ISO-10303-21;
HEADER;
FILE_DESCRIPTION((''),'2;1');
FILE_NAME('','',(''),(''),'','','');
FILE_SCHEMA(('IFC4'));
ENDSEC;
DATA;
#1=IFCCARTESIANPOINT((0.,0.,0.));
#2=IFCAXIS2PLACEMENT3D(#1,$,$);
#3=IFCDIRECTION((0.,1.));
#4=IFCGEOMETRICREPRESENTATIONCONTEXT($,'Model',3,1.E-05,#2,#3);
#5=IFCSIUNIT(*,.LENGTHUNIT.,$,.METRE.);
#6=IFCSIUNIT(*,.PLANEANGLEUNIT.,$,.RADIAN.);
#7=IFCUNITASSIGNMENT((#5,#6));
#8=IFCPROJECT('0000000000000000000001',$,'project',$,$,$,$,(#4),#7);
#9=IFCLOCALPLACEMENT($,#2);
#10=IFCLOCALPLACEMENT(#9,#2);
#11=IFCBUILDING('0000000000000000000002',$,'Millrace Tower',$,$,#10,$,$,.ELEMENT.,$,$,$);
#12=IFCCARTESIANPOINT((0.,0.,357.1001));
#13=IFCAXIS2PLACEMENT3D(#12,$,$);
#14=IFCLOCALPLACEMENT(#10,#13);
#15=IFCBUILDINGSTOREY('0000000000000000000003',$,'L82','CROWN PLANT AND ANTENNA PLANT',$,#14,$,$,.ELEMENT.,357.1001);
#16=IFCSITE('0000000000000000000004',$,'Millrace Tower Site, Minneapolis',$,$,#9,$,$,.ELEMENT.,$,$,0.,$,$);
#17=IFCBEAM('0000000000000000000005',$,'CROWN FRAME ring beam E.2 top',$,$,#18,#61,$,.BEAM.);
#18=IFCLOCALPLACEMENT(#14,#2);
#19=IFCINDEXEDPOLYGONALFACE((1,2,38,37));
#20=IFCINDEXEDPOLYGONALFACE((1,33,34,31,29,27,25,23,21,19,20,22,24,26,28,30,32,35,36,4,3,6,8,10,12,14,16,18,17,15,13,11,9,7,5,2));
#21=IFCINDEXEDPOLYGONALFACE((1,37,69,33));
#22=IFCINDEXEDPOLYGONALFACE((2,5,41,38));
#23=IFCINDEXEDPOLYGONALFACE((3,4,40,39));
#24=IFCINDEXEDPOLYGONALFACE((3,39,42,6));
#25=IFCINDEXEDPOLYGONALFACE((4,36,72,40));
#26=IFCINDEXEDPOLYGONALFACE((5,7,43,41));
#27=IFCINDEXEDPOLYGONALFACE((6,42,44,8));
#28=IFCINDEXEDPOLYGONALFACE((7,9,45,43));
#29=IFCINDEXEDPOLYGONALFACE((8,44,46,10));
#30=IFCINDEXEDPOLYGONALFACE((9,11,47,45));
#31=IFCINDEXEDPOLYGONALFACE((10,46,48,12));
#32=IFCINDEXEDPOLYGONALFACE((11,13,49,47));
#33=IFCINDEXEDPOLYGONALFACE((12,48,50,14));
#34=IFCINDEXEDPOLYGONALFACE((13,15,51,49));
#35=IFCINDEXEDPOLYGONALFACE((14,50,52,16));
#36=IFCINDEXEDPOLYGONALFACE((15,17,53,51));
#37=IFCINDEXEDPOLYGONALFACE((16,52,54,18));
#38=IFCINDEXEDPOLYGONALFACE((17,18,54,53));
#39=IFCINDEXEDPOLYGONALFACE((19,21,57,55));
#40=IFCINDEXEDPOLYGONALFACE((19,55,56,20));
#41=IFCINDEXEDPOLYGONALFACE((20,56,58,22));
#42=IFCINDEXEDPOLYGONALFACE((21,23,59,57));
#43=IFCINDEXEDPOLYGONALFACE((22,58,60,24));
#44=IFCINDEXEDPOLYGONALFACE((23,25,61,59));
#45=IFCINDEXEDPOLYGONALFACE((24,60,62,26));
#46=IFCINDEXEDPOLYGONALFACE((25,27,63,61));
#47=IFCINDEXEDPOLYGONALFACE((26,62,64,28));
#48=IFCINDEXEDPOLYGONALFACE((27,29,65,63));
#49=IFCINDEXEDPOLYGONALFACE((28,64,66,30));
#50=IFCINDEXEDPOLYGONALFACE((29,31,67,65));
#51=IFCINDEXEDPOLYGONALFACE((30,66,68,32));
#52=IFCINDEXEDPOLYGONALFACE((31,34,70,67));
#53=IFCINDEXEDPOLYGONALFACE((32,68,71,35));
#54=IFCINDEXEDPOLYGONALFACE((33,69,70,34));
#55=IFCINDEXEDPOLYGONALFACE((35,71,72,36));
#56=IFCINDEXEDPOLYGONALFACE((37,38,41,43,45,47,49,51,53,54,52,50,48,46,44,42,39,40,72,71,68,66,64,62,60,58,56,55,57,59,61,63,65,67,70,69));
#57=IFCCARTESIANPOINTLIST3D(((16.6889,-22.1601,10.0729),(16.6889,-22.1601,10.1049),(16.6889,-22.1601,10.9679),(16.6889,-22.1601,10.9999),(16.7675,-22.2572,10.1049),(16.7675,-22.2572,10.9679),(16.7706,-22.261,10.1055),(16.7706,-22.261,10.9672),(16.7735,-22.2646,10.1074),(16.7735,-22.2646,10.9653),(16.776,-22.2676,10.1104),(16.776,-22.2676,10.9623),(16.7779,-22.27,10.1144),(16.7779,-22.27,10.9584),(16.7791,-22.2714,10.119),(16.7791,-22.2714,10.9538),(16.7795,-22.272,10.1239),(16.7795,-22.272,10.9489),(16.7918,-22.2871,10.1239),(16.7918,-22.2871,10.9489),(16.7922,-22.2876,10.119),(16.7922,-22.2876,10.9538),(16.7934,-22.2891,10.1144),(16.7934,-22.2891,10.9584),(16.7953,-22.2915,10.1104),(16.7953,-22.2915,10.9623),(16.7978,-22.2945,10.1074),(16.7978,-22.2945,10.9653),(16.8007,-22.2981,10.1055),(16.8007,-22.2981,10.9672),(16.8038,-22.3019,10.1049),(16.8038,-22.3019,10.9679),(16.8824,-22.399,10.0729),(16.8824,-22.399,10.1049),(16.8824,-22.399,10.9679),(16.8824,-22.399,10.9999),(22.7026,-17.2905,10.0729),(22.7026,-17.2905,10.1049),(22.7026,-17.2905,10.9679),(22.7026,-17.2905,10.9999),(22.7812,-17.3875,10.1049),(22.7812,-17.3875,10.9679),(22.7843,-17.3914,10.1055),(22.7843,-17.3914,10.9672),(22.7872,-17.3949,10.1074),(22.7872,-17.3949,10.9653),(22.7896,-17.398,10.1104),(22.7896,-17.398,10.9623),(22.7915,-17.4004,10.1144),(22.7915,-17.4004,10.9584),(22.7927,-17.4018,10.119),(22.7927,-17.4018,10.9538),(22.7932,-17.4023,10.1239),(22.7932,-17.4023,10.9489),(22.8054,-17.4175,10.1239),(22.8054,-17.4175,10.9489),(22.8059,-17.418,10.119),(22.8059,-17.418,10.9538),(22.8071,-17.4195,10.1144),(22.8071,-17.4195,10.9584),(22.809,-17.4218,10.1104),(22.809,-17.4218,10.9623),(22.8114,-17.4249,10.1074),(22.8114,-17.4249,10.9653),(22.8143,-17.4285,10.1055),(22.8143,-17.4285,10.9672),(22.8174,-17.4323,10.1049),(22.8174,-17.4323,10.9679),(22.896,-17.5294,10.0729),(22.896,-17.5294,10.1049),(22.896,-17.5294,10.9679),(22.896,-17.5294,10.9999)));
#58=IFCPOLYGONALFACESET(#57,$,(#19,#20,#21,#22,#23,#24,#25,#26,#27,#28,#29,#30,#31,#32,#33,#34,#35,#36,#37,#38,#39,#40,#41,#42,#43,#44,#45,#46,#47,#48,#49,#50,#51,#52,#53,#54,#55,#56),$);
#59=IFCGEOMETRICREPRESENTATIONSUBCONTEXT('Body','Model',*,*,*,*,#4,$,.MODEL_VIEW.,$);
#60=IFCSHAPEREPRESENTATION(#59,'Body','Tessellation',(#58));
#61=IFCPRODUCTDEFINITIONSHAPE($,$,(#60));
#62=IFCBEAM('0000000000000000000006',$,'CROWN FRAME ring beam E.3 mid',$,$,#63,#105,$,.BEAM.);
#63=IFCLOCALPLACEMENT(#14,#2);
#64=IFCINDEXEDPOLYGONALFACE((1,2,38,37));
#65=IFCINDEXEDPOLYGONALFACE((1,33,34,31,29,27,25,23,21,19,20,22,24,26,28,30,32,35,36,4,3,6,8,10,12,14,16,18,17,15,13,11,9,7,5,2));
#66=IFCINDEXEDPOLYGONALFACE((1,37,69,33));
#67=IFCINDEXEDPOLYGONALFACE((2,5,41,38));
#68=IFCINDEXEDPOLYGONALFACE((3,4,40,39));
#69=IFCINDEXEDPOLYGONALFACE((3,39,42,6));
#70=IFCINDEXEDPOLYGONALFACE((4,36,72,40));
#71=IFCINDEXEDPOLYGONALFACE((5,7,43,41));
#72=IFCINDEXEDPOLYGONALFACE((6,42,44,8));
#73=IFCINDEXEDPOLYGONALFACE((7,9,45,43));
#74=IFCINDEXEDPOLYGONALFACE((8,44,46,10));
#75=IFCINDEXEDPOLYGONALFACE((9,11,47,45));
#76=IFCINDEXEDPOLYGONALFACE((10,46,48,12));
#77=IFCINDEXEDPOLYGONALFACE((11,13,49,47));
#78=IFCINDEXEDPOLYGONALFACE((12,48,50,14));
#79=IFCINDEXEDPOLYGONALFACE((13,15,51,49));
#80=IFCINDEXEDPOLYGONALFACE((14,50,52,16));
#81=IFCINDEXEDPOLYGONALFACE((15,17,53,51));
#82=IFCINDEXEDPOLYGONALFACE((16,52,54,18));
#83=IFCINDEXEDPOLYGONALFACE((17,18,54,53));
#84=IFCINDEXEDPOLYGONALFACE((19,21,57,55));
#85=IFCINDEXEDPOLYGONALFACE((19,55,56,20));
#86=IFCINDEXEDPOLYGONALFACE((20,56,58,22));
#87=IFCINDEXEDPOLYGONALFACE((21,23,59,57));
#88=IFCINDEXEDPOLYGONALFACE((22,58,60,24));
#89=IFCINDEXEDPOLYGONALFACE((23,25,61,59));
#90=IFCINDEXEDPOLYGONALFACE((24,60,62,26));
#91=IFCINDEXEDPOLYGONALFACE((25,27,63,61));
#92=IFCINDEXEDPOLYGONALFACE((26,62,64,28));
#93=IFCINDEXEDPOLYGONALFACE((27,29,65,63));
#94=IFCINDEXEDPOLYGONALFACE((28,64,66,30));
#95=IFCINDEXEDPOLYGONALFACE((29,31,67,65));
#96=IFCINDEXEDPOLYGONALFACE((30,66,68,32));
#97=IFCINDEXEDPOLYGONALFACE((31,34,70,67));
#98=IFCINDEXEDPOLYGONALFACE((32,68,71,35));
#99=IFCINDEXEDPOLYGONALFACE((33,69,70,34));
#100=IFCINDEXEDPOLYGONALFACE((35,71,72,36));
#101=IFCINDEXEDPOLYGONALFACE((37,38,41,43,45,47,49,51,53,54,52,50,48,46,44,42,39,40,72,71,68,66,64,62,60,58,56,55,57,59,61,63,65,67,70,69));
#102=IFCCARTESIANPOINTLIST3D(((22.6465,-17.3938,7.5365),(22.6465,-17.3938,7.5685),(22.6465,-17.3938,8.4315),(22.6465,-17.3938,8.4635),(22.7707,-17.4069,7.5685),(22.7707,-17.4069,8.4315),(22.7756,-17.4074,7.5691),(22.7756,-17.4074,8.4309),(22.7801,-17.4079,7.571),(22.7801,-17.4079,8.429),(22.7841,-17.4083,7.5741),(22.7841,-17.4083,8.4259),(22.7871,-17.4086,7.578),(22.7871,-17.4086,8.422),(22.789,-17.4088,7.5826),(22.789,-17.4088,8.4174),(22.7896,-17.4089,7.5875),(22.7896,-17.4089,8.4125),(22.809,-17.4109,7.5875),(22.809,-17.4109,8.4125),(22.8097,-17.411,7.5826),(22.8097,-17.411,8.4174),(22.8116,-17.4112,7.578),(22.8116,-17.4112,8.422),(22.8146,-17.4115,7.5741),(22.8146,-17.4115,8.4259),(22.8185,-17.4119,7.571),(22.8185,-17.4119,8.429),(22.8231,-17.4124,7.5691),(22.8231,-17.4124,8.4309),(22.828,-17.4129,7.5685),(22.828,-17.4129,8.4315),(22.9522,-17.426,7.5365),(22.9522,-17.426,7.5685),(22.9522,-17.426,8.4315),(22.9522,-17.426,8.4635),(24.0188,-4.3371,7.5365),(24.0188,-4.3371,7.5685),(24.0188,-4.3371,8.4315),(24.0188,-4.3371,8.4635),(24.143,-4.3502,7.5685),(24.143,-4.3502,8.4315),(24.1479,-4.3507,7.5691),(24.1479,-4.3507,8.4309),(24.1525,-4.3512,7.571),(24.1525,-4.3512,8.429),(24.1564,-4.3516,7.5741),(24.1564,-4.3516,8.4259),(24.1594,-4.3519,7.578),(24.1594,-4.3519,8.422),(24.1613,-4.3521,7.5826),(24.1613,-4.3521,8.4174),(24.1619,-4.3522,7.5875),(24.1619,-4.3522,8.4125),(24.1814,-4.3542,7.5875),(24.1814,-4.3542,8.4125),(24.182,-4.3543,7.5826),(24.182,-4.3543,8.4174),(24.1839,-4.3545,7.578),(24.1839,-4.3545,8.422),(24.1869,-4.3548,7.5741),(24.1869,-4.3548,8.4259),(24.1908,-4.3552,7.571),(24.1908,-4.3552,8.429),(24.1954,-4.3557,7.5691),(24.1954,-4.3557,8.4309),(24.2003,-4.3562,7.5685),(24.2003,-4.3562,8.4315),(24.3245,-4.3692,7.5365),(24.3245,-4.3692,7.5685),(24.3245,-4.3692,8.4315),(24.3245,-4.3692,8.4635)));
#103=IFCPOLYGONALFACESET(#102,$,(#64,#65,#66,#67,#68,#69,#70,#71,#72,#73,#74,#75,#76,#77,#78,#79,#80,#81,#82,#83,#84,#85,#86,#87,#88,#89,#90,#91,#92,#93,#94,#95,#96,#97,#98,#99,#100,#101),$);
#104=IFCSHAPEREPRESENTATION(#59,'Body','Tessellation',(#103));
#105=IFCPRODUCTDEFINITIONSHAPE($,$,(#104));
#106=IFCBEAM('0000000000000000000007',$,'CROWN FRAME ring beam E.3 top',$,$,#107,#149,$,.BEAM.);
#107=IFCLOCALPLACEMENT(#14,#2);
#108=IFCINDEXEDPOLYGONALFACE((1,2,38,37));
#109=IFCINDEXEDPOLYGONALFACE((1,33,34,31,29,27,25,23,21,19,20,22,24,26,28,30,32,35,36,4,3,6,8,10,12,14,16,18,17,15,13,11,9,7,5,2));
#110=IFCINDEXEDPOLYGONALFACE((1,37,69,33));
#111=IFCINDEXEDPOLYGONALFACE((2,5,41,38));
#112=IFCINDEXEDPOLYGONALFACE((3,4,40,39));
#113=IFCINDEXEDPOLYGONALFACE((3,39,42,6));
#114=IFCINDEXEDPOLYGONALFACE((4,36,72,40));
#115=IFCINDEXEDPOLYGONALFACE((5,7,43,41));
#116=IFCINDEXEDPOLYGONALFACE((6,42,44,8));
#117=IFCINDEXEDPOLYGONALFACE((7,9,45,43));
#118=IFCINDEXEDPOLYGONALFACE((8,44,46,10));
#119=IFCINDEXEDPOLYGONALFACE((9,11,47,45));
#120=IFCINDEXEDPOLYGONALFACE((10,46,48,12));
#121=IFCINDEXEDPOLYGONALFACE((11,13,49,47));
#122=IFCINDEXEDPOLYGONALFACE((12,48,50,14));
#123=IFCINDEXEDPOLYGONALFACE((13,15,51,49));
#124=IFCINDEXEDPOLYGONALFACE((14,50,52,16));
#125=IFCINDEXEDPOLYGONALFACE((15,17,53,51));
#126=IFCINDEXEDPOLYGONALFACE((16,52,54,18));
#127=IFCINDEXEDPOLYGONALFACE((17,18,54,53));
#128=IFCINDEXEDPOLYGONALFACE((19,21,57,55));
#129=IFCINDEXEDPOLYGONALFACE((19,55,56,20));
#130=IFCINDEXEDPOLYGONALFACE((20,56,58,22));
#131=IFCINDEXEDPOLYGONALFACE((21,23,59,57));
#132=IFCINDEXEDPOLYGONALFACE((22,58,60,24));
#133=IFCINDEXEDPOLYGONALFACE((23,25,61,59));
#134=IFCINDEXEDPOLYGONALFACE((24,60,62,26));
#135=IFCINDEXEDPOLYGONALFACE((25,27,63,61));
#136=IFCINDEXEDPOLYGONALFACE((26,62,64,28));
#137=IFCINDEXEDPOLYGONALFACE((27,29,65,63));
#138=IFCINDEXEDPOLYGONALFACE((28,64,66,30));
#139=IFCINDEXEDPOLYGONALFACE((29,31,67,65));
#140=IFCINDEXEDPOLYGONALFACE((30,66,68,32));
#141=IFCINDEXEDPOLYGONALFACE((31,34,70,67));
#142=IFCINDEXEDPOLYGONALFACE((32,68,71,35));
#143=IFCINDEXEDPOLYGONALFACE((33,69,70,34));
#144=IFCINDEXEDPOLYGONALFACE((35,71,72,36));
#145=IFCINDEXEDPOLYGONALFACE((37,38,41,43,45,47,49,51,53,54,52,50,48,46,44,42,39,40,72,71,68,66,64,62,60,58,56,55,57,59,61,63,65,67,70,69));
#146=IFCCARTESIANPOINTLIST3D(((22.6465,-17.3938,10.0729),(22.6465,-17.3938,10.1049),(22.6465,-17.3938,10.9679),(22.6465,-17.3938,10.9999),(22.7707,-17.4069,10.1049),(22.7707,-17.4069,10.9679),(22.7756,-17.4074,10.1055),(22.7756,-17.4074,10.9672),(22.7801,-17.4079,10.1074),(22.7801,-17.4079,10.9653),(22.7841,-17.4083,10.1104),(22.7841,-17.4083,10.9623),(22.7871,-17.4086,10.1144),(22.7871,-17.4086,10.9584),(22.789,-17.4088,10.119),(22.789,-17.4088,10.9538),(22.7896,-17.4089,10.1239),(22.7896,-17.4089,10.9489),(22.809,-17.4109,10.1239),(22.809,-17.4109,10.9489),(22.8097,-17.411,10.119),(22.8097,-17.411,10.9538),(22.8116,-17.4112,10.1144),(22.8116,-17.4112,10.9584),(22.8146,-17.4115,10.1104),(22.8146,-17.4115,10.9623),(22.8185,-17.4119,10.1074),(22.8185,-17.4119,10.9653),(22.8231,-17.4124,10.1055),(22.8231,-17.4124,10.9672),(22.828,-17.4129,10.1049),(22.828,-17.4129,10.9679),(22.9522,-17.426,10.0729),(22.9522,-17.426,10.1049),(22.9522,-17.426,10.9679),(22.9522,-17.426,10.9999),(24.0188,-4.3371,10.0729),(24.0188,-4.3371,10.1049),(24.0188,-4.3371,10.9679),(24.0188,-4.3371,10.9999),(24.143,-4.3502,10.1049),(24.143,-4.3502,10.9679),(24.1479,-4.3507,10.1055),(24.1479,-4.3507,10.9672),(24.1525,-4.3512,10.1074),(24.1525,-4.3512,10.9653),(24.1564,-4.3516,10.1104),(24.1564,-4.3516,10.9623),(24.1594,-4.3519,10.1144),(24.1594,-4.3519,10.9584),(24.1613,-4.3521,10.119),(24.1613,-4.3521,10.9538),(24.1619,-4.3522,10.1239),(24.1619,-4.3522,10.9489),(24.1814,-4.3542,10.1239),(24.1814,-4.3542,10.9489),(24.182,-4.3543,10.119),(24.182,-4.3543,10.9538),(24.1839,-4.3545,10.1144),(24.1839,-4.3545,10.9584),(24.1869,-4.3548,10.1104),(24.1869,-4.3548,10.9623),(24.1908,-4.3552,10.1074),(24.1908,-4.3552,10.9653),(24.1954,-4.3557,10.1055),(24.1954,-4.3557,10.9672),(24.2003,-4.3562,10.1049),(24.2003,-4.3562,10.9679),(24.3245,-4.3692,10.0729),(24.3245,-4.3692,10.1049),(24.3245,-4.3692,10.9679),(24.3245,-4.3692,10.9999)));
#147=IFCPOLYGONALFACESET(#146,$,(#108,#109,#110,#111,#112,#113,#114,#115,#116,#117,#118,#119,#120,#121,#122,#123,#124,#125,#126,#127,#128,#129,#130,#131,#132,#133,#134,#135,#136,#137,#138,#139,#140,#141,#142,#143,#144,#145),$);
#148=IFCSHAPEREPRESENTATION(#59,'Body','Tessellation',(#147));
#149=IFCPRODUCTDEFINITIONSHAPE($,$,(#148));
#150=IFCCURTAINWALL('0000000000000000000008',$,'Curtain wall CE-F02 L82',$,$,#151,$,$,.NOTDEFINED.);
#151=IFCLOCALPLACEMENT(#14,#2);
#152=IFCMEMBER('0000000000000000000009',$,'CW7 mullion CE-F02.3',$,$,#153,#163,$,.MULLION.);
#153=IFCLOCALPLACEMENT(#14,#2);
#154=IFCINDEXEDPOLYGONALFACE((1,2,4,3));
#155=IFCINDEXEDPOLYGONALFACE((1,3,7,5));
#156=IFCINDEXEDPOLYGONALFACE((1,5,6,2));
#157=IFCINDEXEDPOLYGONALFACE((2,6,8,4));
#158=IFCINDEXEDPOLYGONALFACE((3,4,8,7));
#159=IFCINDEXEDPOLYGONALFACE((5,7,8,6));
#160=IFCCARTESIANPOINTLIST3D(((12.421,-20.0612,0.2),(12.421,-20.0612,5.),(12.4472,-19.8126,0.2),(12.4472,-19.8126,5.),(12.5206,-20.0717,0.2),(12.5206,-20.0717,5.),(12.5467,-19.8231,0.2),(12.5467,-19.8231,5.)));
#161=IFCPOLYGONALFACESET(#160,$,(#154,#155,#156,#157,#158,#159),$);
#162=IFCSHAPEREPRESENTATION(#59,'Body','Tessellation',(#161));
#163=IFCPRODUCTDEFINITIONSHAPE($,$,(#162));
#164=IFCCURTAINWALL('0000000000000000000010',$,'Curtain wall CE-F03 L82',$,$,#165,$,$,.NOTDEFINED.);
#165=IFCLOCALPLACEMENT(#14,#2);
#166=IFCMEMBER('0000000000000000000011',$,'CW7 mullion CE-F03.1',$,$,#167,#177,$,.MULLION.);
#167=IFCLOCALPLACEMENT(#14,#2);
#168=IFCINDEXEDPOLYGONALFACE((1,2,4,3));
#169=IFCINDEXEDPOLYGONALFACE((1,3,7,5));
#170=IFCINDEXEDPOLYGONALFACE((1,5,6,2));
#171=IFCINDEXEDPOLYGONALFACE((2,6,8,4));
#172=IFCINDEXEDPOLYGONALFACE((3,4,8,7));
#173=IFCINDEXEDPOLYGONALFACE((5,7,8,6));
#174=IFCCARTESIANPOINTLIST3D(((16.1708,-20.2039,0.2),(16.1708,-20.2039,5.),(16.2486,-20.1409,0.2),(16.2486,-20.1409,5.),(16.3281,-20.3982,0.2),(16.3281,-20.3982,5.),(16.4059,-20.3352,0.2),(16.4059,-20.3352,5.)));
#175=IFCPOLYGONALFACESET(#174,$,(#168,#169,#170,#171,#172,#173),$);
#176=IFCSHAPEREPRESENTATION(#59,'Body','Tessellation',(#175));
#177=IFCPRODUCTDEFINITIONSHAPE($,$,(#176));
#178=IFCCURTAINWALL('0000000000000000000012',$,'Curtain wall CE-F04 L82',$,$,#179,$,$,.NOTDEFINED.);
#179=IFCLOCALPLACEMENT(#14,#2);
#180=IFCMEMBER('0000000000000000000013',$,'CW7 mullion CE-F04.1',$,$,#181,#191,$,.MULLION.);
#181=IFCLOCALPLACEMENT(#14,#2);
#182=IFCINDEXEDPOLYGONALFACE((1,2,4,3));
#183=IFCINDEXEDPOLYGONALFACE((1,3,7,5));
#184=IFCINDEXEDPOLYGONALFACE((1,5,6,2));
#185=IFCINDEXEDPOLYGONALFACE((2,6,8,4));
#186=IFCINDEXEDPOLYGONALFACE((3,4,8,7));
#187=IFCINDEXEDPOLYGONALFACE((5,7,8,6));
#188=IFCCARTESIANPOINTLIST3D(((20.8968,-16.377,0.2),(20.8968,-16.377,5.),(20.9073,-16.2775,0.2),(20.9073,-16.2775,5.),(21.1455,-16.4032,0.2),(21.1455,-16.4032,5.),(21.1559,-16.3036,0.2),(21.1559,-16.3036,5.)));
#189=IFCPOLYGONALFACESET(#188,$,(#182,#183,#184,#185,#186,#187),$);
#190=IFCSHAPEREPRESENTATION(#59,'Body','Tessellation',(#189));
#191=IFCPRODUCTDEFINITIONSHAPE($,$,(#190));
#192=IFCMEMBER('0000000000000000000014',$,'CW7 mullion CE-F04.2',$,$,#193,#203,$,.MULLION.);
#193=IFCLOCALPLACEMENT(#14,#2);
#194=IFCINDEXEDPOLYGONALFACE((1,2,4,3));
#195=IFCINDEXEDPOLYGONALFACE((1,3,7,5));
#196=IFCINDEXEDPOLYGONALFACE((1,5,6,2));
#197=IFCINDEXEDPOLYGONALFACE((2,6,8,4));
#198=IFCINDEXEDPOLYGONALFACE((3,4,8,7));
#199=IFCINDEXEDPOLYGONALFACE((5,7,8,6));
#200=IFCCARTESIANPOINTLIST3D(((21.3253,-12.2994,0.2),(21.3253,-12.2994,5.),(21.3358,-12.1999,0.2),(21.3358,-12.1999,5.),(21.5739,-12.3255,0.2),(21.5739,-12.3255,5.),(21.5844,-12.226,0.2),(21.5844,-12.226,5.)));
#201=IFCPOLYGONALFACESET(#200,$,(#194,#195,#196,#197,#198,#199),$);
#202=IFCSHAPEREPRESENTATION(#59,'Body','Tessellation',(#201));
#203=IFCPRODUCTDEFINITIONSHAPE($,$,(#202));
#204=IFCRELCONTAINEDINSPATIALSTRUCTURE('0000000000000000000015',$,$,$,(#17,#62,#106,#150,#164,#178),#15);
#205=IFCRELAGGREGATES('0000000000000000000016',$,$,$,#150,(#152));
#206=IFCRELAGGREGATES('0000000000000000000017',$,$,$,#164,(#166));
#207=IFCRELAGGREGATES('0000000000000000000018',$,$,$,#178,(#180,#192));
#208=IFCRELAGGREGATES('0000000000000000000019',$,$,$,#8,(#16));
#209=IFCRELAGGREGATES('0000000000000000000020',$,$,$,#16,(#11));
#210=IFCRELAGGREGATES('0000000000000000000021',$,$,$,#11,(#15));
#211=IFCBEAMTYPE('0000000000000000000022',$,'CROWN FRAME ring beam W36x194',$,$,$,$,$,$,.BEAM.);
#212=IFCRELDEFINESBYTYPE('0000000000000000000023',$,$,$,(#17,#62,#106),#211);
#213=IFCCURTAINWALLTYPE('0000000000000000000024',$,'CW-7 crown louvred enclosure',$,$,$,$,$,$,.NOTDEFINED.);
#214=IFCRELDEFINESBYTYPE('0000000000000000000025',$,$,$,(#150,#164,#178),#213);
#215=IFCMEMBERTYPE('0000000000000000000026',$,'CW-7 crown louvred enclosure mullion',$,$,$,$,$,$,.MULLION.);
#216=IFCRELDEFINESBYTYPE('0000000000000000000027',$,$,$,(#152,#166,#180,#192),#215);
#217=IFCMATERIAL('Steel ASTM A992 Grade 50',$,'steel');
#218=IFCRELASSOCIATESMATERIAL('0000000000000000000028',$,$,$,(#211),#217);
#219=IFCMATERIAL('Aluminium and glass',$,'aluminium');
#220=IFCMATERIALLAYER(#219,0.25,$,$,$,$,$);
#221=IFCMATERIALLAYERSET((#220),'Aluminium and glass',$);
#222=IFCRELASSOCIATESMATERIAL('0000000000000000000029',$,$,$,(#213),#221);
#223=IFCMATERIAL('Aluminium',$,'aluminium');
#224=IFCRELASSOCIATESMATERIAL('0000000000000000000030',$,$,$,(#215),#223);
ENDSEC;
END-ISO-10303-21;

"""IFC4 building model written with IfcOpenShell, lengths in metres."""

from ifc_helpers import new_model, si_unit, direction, frame, origin, origin_2d, place, context, subcontext, project, spatial, rectangle, i_section, extrude, material, layer, layer_set, material_profile, profile_set, type_object, element, aggregate, save


model = new_model("IFC4")

# Units and contexts
model_context = context("Model", 3, precision=1e-05, world=origin(), true_north=direction((0.0, 1.0)))
body_context = subcontext(model_context, "Body", "Model", "MODEL_VIEW")
ifc_project = project(units=[si_unit("LENGTHUNIT", "METRE"), si_unit("PLANEANGLEUNIT", "RADIAN")], contexts=[model_context])

# Site, building, storey
site_placement = place(None, origin())
site = spatial("IfcSite", under=ifc_project, at=site_placement, Name="Millrace Tower Site, Minneapolis", CompositionType="ELEMENT", RefElevation=0.0)
building_placement = place(site_placement, origin())
building = spatial("IfcBuilding", under=site, at=building_placement, Name="Millrace Tower", CompositionType="ELEMENT")
storey_placement = place(building_placement, frame((0.0, 0.0, 357.1001)))
storey = spatial("IfcBuildingStorey", under=building, at=storey_placement, Name="L82", Description="CROWN PLANT AND ANTENNA PLANT", CompositionType="ELEMENT", Elevation=357.1001)

# Beams
ifc_material_1 = material(Name="Steel ASTM A992 Grade 50", Category="steel")
ifc_material_profile_1 = material_profile(ifc_material_1, i_section(OverallWidth=0.3074, OverallDepth=0.927, WebThickness=0.0195, FlangeThickness=0.032, FilletRadius=0.019, at=origin_2d()))
ifc_profile_set_1 = profile_set([ifc_material_profile_1], Name="Steel ASTM A992 Grade 50")
beam_type_1 = type_object("IfcBeamType", Name="CROWN FRAME ring beam W36x194", PredefinedType="BEAM", material=ifc_profile_set_1)
for number, where, z_axis, x_axis, name in (
    (1, (16.7856, -22.2795, 10.5364), (0.777155, 0.629309, 0.0), (-0.629309, 0.777155, 0.0), "CROWN FRAME ring beam E.2 top"),
):
    element("IfcBeam", number, at=place(storey_placement, frame(where, z_axis=z_axis, x_axis=x_axis)), inside=storey, type_object=beam_type_1, Name=name, PredefinedType="BEAM", context=body_context, shape_type="SweptSolid", body=[
        extrude(i_section(OverallWidth=0.3074, OverallDepth=0.927, WebThickness=0.0195, FlangeThickness=0.032, FilletRadius=0.019, at=origin_2d()), origin(), (0.0, 0.0, 1.0), 7.738),
    ])
for number, where, z_axis, x_axis, name in (
    (2, (22.7993, -17.4099, 8.0), (0.104529, 0.994522, 0.0), (-0.994522, 0.104529, 0.0), "CROWN FRAME ring beam E.3 mid"),
    (3, (22.7993, -17.4099, 10.5364), (0.104529, 0.994522, 0.0), (-0.994522, 0.104529, 0.0), "CROWN FRAME ring beam E.3 top"),
):
    element("IfcBeam", number, at=place(storey_placement, frame(where, z_axis=z_axis, x_axis=x_axis)), inside=storey, type_object=beam_type_1, Name=name, PredefinedType="BEAM", context=body_context, shape_type="SweptSolid", body=[
        extrude(i_section(OverallWidth=0.3074, OverallDepth=0.927, WebThickness=0.0195, FlangeThickness=0.032, FilletRadius=0.019, at=origin_2d()), origin(), (0.0, 0.0, 1.0), 13.1287),
    ])

# Curtain walls, members
ifc_material_2 = material(Name="Aluminium and glass", Category="aluminium")
ifc_layer_1 = layer(ifc_material_2, 0.25)
ifc_layer_set_1 = layer_set([ifc_layer_1], Name="Aluminium and glass")
curtain_wall_type = type_object("IfcCurtainWallType", Name="CW-7 crown louvred enclosure", PredefinedType="NOTDEFINED", material=ifc_layer_set_1)
placement = place(storey_placement, origin())
curtain_wall_1 = element("IfcCurtainWall", 4, at=placement, inside=storey, type_object=curtain_wall_type, Name="Curtain wall CE-F02 L82", PredefinedType="NOTDEFINED")
ifc_material_3 = material(Name="Aluminium", Category="aluminium")
ifc_material_profile_2 = material_profile(ifc_material_3, rectangle(XDim=0.1001, YDim=0.25, at=origin_2d()))
ifc_profile_set_2 = profile_set([ifc_material_profile_2], Name="Aluminium")
member_type_1 = type_object("IfcMemberType", Name="CW-7 crown louvred enclosure mullion", PredefinedType="MULLION", material=ifc_profile_set_2)
member_1_placement = place(storey_placement, frame((12.4839, -19.9421, 0.2), z_axis=(0.0, 0.0, 1.0), x_axis=(0.994522, -0.104528, 0.0)))
member_1 = element("IfcMember", 5, at=member_1_placement, type_object=member_type_1, Name="CW7 mullion CE-F02.3", PredefinedType="MULLION", context=body_context, shape_type="SweptSolid", body=[
    extrude(rectangle(XDim=0.1001, YDim=0.25, at=origin_2d()), origin(), (0.0, 0.0, 1.0), 4.8),
])
aggregate(curtain_wall_1, [member_1])
curtain_wall_2 = element("IfcCurtainWall", 6, at=placement, inside=storey, type_object=curtain_wall_type, Name="Curtain wall CE-F03 L82", PredefinedType="NOTDEFINED")
member_2_placement = place(storey_placement, frame((16.2883, -20.2695, 0.2), z_axis=(0.0, 0.0, 1.0), x_axis=(0.777146, 0.62932, 0.0)))
member_2 = element("IfcMember", 7, at=member_2_placement, type_object=member_type_1, Name="CW7 mullion CE-F03.1", PredefinedType="MULLION", context=body_context, shape_type="SweptSolid", body=[
    extrude(rectangle(XDim=0.1001, YDim=0.25, at=origin_2d()), origin(), (0.0, 0.0, 1.0), 4.8),
])

# Curtain wall, members
curtain_wall_3 = element("IfcCurtainWall", 8, at=placement, inside=storey, type_object=curtain_wall_type, Name="Curtain wall CE-F04 L82", PredefinedType="NOTDEFINED")
member_3_placement = place(storey_placement, frame((21.0264, -16.3403, 0.2), z_axis=(0.0, 0.0, 1.0), x_axis=(0.104528, 0.994522, 0.0)))
member_3 = element("IfcMember", 9, at=member_3_placement, type_object=member_type_1, Name="CW7 mullion CE-F04.1", PredefinedType="MULLION", context=body_context, shape_type="SweptSolid", body=[
    extrude(rectangle(XDim=0.1001, YDim=0.25, at=origin_2d()), origin(), (0.0, 0.0, 1.0), 4.8),
])
member_4_placement = place(storey_placement, frame((21.4548, -12.2627, 0.2), z_axis=(0.0, 0.0, 1.0), x_axis=(0.104528, 0.994522, 0.0)))
member_4 = element("IfcMember", 10, at=member_4_placement, type_object=member_type_1, Name="CW7 mullion CE-F04.2", PredefinedType="MULLION", context=body_context, shape_type="SweptSolid", body=[
    extrude(rectangle(XDim=0.1001, YDim=0.25, at=origin_2d()), origin(), (0.0, 0.0, 1.0), 4.8),
])

aggregate(curtain_wall_2, [member_2])
aggregate(curtain_wall_3, [member_3, member_4])

save(model, "model.ifc")
